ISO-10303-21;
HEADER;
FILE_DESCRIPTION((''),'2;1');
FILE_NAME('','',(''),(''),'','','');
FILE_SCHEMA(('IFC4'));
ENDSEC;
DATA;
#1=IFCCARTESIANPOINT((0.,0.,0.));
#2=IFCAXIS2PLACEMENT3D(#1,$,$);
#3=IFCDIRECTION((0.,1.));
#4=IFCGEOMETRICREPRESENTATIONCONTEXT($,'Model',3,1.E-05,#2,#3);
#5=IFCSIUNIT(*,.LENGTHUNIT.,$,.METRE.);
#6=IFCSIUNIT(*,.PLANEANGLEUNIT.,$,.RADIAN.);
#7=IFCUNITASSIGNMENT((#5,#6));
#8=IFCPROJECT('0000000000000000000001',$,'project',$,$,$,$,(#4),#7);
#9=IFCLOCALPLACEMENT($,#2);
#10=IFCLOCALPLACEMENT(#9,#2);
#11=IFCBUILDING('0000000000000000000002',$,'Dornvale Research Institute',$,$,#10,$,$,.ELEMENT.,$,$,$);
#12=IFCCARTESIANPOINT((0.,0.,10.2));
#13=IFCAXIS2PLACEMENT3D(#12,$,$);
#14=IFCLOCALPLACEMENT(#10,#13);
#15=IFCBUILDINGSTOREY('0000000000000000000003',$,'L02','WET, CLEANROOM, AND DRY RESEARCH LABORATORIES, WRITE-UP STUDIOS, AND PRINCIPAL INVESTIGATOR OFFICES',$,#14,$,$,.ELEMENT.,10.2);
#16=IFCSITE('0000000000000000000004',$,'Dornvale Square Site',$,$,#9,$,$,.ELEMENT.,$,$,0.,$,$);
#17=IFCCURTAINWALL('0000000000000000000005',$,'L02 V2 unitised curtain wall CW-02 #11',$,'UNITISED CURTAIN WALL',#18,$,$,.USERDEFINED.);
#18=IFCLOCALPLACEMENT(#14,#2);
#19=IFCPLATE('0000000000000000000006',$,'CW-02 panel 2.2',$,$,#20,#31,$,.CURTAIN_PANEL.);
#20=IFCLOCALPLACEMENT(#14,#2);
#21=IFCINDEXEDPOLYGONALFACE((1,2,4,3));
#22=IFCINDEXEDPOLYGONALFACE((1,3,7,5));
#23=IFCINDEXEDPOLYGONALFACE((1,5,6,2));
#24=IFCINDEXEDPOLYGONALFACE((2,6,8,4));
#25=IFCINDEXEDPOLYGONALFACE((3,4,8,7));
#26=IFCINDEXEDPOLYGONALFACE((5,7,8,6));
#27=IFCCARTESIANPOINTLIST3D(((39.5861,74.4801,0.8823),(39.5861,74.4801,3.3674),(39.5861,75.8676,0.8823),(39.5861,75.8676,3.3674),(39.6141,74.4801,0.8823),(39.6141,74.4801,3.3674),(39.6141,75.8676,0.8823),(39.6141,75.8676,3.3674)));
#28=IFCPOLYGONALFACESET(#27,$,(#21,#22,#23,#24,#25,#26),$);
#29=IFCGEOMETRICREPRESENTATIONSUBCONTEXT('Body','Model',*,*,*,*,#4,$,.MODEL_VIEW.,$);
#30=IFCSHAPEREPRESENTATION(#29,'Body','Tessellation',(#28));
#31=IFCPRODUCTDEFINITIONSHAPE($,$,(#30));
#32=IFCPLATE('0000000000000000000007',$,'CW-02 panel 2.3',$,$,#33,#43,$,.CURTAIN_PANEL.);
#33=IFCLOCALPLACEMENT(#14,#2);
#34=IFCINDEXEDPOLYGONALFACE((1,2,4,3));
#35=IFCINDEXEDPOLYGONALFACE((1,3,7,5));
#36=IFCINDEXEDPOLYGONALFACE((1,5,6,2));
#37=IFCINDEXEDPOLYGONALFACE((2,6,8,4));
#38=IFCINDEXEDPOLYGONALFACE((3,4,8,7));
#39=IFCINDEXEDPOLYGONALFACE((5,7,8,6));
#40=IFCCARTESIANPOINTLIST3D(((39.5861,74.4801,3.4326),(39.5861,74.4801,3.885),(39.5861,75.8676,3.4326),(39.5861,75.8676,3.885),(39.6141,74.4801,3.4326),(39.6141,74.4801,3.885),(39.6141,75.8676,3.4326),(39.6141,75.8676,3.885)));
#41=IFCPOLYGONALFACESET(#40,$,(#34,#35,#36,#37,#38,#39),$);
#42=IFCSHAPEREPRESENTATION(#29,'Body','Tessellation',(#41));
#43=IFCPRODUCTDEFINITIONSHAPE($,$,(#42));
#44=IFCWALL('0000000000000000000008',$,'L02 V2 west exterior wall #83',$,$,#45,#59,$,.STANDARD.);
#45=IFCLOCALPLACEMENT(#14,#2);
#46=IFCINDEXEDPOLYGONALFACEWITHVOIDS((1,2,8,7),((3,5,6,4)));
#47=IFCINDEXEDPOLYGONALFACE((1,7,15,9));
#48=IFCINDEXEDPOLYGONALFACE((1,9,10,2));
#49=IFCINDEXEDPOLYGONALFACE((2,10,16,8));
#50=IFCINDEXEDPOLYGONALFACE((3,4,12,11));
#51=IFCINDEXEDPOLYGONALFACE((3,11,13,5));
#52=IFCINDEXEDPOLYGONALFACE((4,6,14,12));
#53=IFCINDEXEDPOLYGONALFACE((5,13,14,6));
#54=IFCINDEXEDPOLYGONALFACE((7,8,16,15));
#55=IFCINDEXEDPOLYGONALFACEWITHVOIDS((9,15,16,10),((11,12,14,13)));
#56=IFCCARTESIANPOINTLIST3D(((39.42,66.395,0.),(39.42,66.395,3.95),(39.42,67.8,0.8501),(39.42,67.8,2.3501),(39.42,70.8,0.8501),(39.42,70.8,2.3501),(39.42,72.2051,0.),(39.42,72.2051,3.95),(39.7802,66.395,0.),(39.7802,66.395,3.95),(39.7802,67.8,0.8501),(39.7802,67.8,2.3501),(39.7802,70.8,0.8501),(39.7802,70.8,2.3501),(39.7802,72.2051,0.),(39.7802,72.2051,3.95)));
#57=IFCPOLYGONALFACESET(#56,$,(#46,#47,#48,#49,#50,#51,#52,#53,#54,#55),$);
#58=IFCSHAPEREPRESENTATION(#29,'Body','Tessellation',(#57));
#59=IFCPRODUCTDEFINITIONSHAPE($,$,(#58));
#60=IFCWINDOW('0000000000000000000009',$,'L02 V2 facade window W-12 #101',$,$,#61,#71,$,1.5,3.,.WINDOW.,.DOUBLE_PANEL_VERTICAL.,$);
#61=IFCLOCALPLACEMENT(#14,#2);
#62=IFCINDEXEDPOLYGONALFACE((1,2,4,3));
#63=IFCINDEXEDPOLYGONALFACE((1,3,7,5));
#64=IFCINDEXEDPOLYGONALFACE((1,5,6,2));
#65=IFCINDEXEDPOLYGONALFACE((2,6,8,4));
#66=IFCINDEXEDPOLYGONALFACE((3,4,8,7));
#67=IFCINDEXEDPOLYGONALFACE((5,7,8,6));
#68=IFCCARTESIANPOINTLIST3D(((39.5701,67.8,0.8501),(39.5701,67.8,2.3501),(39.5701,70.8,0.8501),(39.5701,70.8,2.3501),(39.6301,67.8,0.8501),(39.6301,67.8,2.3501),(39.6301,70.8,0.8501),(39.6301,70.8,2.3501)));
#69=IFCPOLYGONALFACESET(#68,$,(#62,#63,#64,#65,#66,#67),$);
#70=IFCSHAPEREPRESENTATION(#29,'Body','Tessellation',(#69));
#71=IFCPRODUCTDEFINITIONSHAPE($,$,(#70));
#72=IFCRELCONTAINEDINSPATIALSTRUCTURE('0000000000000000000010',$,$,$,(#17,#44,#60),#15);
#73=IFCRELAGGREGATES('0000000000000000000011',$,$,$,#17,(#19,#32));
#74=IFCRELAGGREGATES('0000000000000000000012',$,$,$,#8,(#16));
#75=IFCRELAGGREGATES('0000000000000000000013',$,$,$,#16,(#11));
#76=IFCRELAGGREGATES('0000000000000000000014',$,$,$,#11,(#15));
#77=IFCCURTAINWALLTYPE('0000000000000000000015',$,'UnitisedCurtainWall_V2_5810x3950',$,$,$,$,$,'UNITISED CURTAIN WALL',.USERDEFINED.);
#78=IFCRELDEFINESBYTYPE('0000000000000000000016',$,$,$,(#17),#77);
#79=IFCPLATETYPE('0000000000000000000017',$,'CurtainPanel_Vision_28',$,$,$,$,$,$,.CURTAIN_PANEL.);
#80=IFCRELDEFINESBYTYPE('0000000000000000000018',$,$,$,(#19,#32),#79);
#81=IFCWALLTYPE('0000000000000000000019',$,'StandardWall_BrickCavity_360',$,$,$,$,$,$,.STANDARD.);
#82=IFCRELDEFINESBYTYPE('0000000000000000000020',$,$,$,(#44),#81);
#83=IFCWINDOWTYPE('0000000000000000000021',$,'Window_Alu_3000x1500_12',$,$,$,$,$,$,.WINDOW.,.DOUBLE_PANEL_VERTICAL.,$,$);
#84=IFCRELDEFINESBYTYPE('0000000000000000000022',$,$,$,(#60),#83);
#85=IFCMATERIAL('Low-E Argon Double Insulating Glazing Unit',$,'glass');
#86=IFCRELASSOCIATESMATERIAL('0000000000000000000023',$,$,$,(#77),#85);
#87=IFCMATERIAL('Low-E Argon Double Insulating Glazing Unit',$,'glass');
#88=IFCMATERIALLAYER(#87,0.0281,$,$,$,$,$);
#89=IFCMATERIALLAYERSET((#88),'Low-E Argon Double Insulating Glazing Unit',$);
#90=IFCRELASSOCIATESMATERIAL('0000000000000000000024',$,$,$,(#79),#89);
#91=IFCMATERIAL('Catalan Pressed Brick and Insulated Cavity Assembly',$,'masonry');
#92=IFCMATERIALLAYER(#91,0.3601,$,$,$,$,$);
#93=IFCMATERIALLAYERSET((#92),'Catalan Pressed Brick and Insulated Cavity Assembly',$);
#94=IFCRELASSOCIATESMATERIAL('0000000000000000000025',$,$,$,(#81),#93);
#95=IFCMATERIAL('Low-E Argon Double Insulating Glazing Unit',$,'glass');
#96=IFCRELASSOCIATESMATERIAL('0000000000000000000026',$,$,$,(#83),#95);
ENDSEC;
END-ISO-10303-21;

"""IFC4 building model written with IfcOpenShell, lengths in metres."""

from ifc_helpers import new_model, si_unit, direction, frame, frame_2d, origin, origin_2d, place, context, subcontext, project, spatial, rectangle, extrude, material, layer, layer_set, type_object, element, fill, aggregate, save


model = new_model("IFC4")

# Units and contexts
model_context = context("Model", 3, precision=1e-05, world=origin(), true_north=direction((0.0, 1.0)))
body_context = subcontext(model_context, "Body", "Model", "MODEL_VIEW")
ifc_project = project(units=[si_unit("LENGTHUNIT", "METRE"), si_unit("PLANEANGLEUNIT", "RADIAN")], contexts=[model_context])

# Site, building, storey
site_placement = place(None, origin())
site = spatial("IfcSite", under=ifc_project, at=site_placement, Name="Dornvale Square Site", CompositionType="ELEMENT", RefElevation=0.0)
building_placement = place(site_placement, origin())
building = spatial("IfcBuilding", under=site, at=building_placement, Name="Dornvale Research Institute", CompositionType="ELEMENT")
storey_placement = place(building_placement, frame((0.0, 0.0, 10.2)))
storey = spatial("IfcBuildingStorey", under=building, at=storey_placement, Name="L02", Description="WET, CLEANROOM, AND DRY RESEARCH LABORATORIES, WRITE-UP STUDIOS, AND PRINCIPAL INVESTIGATOR OFFICES", CompositionType="ELEMENT", Elevation=10.2)

# Curtain wall
ifc_material_1 = material(Name="Low-E Argon Double Insulating Glazing Unit", Category="glass")
curtain_wall_type = type_object("IfcCurtainWallType", Name="UnitisedCurtainWall_V2_5810x3950", ElementType="UNITISED CURTAIN WALL", PredefinedType="USERDEFINED", material=ifc_material_1)
curtain_wall_placement = place(storey_placement, origin())
curtain_wall = element("IfcCurtainWall", 1, at=curtain_wall_placement, inside=storey, type_object=curtain_wall_type, Name="L02 V2 unitised curtain wall CW-02 #11", ObjectType="UNITISED CURTAIN WALL", PredefinedType="USERDEFINED")

# Plates
ifc_material_2 = material(Name="Low-E Argon Double Insulating Glazing Unit", Category="glass")
ifc_layer_1 = layer(ifc_material_2, 0.0281)
ifc_layer_set_1 = layer_set([ifc_layer_1], Name="Low-E Argon Double Insulating Glazing Unit")
plate_type_1 = type_object("IfcPlateType", Name="CurtainPanel_Vision_28", PredefinedType="CURTAIN_PANEL", material=ifc_layer_set_1)
plate_1_placement = place(storey_placement, frame((39.6001, 75.1738, 0.8823), z_axis=(0.0, 0.0, 1.0), x_axis=(0.0, 1.0, 0.0)))
plate_1 = element("IfcPlate", 2, at=plate_1_placement, type_object=plate_type_1, Name="CW-02 panel 2.2", PredefinedType="CURTAIN_PANEL", context=body_context, shape_type="SweptSolid", body=[
    extrude(rectangle(XDim=1.3875, YDim=0.0281, at=origin_2d()), origin(), (0.0, 0.0, 1.0), 2.4851),
])
plate_2_placement = place(storey_placement, frame((39.6001, 75.1738, 3.4326), z_axis=(0.0, 0.0, 1.0), x_axis=(0.0, 1.0, 0.0)))
plate_2 = element("IfcPlate", 3, at=plate_2_placement, type_object=plate_type_1, Name="CW-02 panel 2.3", PredefinedType="CURTAIN_PANEL", context=body_context, shape_type="SweptSolid", body=[
    extrude(rectangle(XDim=1.3875, YDim=0.0281, at=origin_2d()), origin(), (0.0, 0.0, 1.0), 0.4524),
])
aggregate(curtain_wall, [plate_1, plate_2])

# Wall, opening, window
ifc_material_3 = material(Name="Catalan Pressed Brick and Insulated Cavity Assembly", Category="masonry")
ifc_layer_2 = layer(ifc_material_3, 0.3601)
ifc_layer_set_2 = layer_set([ifc_layer_2], Name="Catalan Pressed Brick and Insulated Cavity Assembly")
wall_type = type_object("IfcWallType", Name="StandardWall_BrickCavity_360", PredefinedType="STANDARD", material=ifc_layer_set_2)
wall_placement = place(storey_placement, frame((39.6001, 66.395, 0.0), z_axis=(0.0, 0.0, 1.0), x_axis=(0.0, 1.0, 0.0)))
wall = element("IfcWall", 4, at=wall_placement, inside=storey, type_object=wall_type, Name="L02 V2 west exterior wall #83", PredefinedType="STANDARD", context=body_context, shape_type="SweptSolid", body=[
    extrude(rectangle(XDim=5.8101, YDim=0.3601, at=frame_2d((2.905, 0.0))), origin(), (0.0, 0.0, 1.0), 3.95),
])
opening_placement = place(wall_placement, frame((1.405, 0.0, 0.8501)))
opening = element("IfcOpeningElement", 5, at=opening_placement, cuts=wall, PredefinedType="OPENING", context=body_context, shape_type="SweptSolid", body=[
    extrude(rectangle(XDim=3.0, YDim=1.5, at=frame_2d((1.5, 0.75))), frame((0.0, 0.1951, 0.0), z_axis=(0.0, -1.0, 0.0), x_axis=(1.0, 0.0, 0.0)), (0.0, 0.0, 1.0), 0.3901),
])
ifc_material_4 = material(Name="Low-E Argon Double Insulating Glazing Unit", Category="glass")
window_type = type_object("IfcWindowType", Name="Window_Alu_3000x1500_12", PartitioningType="DOUBLE_PANEL_VERTICAL", PredefinedType="WINDOW", material=ifc_material_4)
window_placement = place(opening_placement, origin())
window = element("IfcWindow", 6, at=window_placement, inside=storey, type_object=window_type, Name="L02 V2 facade window W-12 #101", OverallHeight=1.5, OverallWidth=3.0, PartitioningType="DOUBLE_PANEL_VERTICAL", PredefinedType="WINDOW", context=body_context, shape_type="SweptSolid", body=[
    extrude(rectangle(XDim=3.0, YDim=1.5, at=frame_2d((1.5, 0.75))), frame((0.0, 0.03, 0.0), z_axis=(0.0, -1.0, 0.0), x_axis=(1.0, 0.0, 0.0)), (0.0, 0.0, 1.0), 0.0601),
])
fill(opening, window)

save(model, "model.ifc")
